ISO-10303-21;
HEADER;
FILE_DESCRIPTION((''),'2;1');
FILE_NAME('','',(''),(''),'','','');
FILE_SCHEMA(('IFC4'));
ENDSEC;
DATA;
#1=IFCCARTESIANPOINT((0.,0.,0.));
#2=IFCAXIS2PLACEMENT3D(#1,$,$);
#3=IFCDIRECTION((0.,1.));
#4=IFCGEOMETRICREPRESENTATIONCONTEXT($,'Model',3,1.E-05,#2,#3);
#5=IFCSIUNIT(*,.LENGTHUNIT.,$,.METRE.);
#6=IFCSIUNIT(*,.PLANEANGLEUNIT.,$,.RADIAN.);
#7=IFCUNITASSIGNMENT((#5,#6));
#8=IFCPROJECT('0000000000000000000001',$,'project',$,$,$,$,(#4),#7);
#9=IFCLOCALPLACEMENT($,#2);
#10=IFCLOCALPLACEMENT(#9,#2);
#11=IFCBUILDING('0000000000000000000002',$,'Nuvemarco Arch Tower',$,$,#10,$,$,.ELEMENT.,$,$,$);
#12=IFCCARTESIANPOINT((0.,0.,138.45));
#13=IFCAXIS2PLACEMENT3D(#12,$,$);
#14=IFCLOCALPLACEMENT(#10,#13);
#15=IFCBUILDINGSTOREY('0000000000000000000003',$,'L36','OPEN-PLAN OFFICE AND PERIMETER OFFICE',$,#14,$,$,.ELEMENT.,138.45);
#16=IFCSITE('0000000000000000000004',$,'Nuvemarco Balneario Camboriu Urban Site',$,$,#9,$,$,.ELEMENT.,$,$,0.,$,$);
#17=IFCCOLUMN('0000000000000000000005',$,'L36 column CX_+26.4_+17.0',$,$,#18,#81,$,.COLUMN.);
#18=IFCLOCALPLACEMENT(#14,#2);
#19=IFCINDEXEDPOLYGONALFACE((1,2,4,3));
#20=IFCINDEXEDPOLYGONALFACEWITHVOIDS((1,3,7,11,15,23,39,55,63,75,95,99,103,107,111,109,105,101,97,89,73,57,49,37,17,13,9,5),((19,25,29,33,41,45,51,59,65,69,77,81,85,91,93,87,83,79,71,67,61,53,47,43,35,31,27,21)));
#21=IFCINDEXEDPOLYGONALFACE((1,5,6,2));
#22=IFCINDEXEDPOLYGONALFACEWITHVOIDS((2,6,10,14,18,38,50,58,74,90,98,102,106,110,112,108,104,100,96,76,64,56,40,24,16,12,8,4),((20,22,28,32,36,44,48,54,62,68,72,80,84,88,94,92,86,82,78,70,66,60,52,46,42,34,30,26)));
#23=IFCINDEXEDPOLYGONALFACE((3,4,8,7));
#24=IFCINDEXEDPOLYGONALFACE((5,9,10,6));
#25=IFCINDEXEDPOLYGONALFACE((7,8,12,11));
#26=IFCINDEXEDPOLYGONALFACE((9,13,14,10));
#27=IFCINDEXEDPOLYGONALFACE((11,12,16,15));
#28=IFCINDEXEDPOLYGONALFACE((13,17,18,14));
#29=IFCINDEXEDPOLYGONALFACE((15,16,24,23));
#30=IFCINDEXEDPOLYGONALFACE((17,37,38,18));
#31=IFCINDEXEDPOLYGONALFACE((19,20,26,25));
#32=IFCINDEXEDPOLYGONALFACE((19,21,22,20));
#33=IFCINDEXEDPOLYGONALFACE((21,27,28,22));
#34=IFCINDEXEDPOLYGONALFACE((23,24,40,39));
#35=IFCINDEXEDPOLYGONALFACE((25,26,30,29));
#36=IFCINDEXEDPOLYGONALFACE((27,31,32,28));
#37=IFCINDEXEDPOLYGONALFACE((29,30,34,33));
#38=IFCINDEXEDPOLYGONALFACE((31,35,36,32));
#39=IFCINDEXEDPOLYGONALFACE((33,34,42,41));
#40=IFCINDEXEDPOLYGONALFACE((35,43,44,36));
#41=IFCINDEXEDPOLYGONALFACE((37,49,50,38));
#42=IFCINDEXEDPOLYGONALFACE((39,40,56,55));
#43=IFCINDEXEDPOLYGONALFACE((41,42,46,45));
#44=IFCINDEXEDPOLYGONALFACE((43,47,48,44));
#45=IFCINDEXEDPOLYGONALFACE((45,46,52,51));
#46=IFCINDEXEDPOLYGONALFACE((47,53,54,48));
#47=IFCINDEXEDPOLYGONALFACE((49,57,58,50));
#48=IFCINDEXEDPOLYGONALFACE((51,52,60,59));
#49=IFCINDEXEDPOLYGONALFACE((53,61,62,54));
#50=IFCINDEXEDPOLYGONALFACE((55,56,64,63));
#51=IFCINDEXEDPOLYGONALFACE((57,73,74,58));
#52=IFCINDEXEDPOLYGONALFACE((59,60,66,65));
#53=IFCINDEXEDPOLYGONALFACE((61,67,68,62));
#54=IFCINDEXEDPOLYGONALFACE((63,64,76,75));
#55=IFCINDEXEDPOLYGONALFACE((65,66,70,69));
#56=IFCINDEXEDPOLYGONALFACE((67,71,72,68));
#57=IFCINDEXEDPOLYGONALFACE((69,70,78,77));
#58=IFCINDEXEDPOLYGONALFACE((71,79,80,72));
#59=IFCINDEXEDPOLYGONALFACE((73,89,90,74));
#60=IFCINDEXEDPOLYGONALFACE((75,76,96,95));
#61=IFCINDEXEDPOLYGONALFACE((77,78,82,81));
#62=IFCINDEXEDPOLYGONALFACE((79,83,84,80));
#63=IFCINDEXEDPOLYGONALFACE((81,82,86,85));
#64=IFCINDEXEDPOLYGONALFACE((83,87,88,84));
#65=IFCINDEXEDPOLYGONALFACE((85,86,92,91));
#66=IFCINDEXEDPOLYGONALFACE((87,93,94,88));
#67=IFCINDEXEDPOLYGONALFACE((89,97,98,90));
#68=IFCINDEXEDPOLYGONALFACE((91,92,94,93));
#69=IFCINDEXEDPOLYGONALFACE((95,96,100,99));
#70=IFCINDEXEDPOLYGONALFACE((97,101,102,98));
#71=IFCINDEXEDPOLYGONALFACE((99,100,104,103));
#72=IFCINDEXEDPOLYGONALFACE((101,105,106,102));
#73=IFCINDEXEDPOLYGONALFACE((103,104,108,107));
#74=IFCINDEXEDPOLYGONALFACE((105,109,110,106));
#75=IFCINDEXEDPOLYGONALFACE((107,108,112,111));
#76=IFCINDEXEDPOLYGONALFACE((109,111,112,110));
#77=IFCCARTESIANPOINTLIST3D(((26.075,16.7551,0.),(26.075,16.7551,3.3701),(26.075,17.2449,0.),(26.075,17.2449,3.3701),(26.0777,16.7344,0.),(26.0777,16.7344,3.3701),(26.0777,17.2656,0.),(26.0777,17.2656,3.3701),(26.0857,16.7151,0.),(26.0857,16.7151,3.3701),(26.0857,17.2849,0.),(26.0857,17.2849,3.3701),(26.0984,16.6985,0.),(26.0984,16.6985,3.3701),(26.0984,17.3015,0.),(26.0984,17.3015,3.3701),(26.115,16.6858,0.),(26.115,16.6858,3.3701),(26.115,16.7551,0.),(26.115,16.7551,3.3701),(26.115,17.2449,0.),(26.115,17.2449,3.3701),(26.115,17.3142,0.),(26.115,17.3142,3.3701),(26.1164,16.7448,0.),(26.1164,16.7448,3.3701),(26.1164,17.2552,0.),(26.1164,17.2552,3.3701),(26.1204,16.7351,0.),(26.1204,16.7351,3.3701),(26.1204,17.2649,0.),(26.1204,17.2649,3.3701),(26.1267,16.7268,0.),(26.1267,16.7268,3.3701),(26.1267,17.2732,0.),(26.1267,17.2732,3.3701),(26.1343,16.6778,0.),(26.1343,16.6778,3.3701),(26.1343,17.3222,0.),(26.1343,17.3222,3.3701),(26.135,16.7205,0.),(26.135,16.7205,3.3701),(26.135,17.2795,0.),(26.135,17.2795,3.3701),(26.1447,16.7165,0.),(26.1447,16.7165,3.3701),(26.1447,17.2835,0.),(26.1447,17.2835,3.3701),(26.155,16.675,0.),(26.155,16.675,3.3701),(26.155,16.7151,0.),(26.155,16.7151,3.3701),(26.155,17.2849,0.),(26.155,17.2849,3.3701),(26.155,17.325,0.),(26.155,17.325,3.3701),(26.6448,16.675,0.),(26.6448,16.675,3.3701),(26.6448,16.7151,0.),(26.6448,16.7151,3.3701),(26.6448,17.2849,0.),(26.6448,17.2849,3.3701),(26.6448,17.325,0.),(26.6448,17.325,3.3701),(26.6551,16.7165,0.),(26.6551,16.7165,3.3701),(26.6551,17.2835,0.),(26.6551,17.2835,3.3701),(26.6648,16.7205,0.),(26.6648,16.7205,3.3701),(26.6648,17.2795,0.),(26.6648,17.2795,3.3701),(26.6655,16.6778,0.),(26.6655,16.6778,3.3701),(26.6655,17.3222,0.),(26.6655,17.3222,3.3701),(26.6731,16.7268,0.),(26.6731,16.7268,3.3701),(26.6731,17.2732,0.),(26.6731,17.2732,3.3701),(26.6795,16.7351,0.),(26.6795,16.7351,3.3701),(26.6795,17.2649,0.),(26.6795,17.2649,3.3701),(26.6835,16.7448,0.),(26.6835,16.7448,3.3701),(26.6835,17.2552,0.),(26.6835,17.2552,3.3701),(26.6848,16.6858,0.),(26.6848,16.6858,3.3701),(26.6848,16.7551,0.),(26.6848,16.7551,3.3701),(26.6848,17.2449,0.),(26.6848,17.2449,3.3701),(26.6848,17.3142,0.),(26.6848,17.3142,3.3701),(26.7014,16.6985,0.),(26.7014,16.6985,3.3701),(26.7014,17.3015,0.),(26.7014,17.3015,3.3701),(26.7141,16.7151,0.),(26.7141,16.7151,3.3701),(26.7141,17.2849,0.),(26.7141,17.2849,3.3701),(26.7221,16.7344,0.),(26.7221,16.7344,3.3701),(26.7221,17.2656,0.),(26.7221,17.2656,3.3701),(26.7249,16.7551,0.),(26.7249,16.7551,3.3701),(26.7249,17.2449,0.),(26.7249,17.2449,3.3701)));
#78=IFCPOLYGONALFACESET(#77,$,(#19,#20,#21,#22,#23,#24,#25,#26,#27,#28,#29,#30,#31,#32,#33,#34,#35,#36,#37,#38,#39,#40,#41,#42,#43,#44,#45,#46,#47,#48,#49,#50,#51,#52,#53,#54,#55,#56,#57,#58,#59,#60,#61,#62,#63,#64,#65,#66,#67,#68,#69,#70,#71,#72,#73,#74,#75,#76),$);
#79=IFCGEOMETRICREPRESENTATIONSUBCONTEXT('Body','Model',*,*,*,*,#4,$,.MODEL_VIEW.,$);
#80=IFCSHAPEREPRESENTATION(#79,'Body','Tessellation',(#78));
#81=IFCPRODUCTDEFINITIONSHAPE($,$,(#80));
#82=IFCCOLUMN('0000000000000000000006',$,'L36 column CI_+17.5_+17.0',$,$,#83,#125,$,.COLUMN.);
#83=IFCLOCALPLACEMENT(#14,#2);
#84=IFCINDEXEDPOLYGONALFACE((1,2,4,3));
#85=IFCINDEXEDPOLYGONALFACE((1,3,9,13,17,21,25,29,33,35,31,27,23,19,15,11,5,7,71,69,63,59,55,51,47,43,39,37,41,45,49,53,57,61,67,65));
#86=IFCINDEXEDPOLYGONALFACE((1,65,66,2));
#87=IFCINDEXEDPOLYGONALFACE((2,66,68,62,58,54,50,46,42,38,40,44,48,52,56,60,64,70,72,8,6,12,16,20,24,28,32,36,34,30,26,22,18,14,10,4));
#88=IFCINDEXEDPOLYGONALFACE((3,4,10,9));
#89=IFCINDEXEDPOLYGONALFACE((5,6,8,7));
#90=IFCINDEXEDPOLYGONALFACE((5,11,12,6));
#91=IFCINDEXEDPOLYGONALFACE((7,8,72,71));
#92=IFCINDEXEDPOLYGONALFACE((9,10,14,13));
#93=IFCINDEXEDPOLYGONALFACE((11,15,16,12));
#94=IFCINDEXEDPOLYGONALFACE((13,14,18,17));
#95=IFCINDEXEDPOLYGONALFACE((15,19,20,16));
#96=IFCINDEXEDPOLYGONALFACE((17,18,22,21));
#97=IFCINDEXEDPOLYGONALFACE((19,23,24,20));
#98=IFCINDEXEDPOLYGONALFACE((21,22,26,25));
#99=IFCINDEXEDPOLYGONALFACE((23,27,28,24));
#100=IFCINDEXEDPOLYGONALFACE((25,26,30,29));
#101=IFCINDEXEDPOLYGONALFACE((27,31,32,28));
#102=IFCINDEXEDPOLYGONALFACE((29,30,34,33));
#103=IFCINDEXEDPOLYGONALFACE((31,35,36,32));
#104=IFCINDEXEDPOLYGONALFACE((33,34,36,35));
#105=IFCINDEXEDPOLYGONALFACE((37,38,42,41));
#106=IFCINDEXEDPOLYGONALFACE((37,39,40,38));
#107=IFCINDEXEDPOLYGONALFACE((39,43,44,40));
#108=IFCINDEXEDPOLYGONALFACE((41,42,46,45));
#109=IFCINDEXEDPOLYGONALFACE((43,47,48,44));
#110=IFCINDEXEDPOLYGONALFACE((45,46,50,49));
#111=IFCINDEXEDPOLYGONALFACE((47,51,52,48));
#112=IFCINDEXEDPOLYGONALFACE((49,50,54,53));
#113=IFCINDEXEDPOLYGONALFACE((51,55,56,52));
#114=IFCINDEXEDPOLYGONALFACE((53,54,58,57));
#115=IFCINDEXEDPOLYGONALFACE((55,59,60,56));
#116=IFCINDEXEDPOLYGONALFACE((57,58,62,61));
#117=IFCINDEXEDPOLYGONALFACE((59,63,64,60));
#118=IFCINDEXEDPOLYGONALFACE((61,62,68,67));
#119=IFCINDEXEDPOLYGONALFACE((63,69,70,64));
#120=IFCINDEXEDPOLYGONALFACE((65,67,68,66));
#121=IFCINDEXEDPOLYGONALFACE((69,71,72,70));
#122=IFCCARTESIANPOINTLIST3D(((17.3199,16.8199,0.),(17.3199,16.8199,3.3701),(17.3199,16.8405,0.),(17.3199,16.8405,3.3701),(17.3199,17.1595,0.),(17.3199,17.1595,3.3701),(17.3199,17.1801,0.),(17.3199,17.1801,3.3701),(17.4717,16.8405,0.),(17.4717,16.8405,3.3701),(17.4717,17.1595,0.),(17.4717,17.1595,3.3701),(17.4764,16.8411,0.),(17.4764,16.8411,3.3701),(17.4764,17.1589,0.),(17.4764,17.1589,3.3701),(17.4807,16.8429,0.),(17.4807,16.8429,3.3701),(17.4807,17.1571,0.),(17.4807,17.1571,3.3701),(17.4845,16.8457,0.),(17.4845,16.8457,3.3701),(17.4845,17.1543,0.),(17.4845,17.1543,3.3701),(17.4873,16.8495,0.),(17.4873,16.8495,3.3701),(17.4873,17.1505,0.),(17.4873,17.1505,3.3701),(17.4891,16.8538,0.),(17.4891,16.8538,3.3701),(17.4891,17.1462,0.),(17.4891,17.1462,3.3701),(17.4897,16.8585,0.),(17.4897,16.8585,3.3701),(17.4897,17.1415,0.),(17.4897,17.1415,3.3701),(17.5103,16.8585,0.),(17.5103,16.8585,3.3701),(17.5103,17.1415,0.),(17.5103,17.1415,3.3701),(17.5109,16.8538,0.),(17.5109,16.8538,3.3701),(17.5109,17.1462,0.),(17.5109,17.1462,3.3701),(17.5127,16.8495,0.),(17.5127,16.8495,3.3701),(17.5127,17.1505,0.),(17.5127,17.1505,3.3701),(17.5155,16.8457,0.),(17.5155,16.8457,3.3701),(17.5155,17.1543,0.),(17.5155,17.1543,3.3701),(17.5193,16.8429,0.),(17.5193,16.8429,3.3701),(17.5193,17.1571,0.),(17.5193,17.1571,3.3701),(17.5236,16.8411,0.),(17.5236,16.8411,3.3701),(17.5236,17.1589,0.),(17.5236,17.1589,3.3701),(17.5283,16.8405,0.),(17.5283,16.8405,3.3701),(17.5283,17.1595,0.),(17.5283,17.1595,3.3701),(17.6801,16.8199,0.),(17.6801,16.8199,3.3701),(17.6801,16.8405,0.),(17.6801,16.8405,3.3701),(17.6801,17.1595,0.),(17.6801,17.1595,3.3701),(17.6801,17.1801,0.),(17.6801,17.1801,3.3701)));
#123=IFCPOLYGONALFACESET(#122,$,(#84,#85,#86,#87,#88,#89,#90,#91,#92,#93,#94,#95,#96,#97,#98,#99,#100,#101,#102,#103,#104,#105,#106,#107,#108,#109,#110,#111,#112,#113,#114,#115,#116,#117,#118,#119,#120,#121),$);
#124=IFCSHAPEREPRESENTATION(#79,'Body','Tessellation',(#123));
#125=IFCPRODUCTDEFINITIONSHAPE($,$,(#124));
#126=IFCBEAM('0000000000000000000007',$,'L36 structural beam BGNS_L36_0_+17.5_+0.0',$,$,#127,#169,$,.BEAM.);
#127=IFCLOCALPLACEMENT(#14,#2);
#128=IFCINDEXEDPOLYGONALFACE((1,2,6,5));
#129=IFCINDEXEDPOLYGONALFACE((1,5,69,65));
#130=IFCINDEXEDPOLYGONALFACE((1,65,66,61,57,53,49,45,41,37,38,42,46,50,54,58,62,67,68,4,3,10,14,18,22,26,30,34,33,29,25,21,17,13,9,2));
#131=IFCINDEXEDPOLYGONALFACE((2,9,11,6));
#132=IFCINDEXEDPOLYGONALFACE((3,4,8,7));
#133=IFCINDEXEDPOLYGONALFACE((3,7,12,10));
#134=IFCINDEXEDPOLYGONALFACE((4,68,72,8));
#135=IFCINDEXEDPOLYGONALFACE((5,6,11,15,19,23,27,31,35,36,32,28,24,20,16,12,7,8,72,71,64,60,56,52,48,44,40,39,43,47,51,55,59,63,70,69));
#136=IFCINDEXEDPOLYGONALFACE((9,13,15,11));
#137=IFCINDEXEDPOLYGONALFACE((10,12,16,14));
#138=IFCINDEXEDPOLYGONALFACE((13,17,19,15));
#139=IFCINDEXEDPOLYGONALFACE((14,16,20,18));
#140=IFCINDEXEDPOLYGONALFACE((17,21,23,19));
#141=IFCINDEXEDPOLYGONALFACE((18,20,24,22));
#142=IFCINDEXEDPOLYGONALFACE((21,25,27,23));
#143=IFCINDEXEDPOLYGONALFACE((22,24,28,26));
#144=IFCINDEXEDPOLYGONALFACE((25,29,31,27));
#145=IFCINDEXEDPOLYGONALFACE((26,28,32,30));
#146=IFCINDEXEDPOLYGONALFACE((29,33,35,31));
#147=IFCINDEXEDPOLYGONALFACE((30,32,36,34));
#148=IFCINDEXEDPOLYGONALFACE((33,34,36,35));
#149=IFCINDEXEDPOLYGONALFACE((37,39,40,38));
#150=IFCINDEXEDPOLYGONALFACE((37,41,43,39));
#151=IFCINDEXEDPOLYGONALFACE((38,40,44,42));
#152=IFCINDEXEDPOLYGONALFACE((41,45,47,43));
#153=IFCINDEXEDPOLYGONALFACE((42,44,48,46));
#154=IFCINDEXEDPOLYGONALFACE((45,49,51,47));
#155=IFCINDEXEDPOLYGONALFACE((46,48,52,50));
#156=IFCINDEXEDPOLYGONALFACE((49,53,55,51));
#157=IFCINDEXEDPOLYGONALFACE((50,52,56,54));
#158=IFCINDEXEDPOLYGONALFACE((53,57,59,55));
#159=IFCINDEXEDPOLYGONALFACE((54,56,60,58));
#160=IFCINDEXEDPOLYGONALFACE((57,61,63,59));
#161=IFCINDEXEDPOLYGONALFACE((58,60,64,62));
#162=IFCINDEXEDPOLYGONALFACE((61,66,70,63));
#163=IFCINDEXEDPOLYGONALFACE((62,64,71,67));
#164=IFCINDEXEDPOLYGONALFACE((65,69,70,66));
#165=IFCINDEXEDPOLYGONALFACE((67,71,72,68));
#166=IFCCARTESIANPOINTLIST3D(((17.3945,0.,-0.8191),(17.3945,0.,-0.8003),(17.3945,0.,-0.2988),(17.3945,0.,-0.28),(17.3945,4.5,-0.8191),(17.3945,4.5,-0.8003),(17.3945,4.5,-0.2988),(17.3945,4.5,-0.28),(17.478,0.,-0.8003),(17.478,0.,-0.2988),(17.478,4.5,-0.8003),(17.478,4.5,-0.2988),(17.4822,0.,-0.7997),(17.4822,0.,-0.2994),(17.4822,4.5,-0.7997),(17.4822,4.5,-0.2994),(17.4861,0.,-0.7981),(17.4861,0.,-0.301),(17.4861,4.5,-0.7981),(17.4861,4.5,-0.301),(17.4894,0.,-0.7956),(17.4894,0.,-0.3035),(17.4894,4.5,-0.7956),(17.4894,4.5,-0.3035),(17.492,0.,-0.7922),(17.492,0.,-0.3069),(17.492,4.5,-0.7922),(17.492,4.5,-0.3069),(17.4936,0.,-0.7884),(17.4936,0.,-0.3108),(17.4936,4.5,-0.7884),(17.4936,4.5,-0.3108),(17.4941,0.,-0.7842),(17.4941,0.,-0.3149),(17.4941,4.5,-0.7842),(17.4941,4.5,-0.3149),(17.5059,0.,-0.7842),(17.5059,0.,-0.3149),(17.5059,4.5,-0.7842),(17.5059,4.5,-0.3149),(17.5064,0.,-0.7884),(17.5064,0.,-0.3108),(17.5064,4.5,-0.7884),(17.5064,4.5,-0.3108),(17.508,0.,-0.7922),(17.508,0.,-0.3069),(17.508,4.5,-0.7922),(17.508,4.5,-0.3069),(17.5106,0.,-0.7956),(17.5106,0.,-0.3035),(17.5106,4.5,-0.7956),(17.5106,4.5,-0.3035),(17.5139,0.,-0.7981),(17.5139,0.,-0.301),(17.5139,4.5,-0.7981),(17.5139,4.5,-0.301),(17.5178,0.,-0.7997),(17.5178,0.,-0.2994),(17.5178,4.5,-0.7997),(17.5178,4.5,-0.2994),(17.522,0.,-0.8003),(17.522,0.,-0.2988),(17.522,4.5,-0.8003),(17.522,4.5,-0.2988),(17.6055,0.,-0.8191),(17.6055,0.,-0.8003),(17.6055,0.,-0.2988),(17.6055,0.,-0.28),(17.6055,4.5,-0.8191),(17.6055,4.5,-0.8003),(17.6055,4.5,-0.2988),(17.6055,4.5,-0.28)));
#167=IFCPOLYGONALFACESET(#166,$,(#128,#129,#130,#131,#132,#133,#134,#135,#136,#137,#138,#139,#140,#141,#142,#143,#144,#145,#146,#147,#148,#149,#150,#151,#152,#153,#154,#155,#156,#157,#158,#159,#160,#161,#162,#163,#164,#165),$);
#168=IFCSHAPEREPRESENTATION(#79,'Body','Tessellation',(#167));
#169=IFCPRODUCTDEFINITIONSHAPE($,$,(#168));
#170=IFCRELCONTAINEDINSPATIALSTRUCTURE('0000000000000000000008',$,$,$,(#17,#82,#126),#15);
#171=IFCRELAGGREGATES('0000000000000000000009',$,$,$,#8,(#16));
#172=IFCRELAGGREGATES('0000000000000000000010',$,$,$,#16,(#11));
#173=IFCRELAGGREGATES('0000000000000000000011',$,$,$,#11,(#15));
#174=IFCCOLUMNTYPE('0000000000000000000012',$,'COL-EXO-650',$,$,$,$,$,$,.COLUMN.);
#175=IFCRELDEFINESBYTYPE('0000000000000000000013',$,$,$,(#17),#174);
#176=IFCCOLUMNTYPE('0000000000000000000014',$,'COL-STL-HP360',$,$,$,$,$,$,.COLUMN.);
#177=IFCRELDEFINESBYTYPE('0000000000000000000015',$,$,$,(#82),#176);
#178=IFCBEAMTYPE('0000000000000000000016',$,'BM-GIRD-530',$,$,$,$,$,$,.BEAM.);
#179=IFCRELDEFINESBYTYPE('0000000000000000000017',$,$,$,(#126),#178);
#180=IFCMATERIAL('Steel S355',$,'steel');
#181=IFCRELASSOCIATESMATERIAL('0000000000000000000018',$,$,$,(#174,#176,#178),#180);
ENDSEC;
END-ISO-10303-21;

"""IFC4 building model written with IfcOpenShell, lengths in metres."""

from ifc_helpers import new_model, si_unit, direction, frame, origin, origin_2d, place, context, subcontext, project, spatial, hollow_rectangle, i_section, extrude, material, material_profile, profile_set, type_object, element, save


model = new_model("IFC4")

# Units and contexts
model_context = context("Model", 3, precision=1e-05, world=origin(), true_north=direction((0.0, 1.0)))
body_context = subcontext(model_context, "Body", "Model", "MODEL_VIEW")
ifc_project = project(units=[si_unit("LENGTHUNIT", "METRE"), si_unit("PLANEANGLEUNIT", "RADIAN")], contexts=[model_context])

# Site, building, storey
site_placement = place(None, origin())
site = spatial("IfcSite", under=ifc_project, at=site_placement, Name="Nuvemarco Balneario Camboriu Urban Site", CompositionType="ELEMENT", RefElevation=0.0)
building_placement = place(site_placement, origin())
building = spatial("IfcBuilding", under=site, at=building_placement, Name="Nuvemarco Arch Tower", CompositionType="ELEMENT")
storey_placement = place(building_placement, frame((0.0, 0.0, 138.45)))
storey = spatial("IfcBuildingStorey", under=building, at=storey_placement, Name="L36", Description="OPEN-PLAN OFFICE AND PERIMETER OFFICE", CompositionType="ELEMENT", Elevation=138.45)

# Columns
ifc_material_1 = material(Name="Steel S355", Category="steel")
ifc_material_profile_1 = material_profile(ifc_material_1, hollow_rectangle(XDim=0.6499, YDim=0.6499, WallThickness=0.04, InnerFilletRadius=0.04, OuterFilletRadius=0.0801, at=origin_2d()), Name="SHS650x650x40")
ifc_profile_set_1 = profile_set([ifc_material_profile_1], Name="Steel S355")
column_type_1 = type_object("IfcColumnType", Name="COL-EXO-650", PredefinedType="COLUMN", material=ifc_profile_set_1)
for number, where, z_axis, x_axis, name in (
    (1, (26.3999, 17.0, 0.0), (0.0, 0.0, 1.0), (1.0, 0.0, 0.0), "L36 column CX_+26.4_+17.0"),
):
    element("IfcColumn", number, at=place(storey_placement, frame(where, z_axis=z_axis, x_axis=x_axis)), inside=storey, type_object=column_type_1, Name=name, PredefinedType="COLUMN", context=body_context, shape_type="SweptSolid", body=[
        extrude(hollow_rectangle(XDim=0.6499, YDim=0.6499, WallThickness=0.04, InnerFilletRadius=0.04, OuterFilletRadius=0.0801, at=origin_2d()), origin(), (0.0, 0.0, 1.0), 3.3701),
    ])
ifc_material_profile_2 = material_profile(ifc_material_1, i_section(OverallWidth=0.3601, OverallDepth=0.3601, WebThickness=0.0205, FlangeThickness=0.0205, FilletRadius=0.0181, at=origin_2d()), Name="HP360x174")
ifc_profile_set_2 = profile_set([ifc_material_profile_2], Name="Steel S355")
column_type_2 = type_object("IfcColumnType", Name="COL-STL-HP360", PredefinedType="COLUMN", material=ifc_profile_set_2)
column_placement = place(storey_placement, frame((17.5, 17.0, 0.0), z_axis=(0.0, 0.0, 1.0), x_axis=(1.0, 0.0, 0.0)))
element("IfcColumn", 2, at=column_placement, inside=storey, type_object=column_type_2, Name="L36 column CI_+17.5_+17.0", PredefinedType="COLUMN", context=body_context, shape_type="SweptSolid", body=[
    extrude(i_section(OverallWidth=0.3601, OverallDepth=0.3601, WebThickness=0.0205, FlangeThickness=0.0205, FilletRadius=0.0181, at=origin_2d()), origin(), (0.0, 0.0, 1.0), 3.3701),
])

# Beam
ifc_material_profile_3 = material_profile(ifc_material_1, i_section(OverallWidth=0.2109, OverallDepth=0.5391, WebThickness=0.0117, FlangeThickness=0.0188, FilletRadius=0.0161, at=origin_2d()), Name="W530x109")
ifc_profile_set_3 = profile_set([ifc_material_profile_3], Name="Steel S355")
beam_type_1 = type_object("IfcBeamType", Name="BM-GIRD-530", PredefinedType="BEAM", material=ifc_profile_set_3)
beam_1_placement = place(storey_placement, frame((17.5, 0.0, -0.5496), z_axis=(0.0, 1.0, 0.0), x_axis=(-1.0, 0.0, 0.0)))
element("IfcBeam", 3, at=beam_1_placement, inside=storey, type_object=beam_type_1, Name="L36 structural beam BGNS_L36_0_+17.5_+0.0", PredefinedType="BEAM", context=body_context, shape_type="SweptSolid", body=[
    extrude(i_section(OverallWidth=0.2109, OverallDepth=0.5391, WebThickness=0.0117, FlangeThickness=0.0188, FilletRadius=0.0161, at=origin_2d()), origin(), (0.0, 0.0, 1.0), 4.5),
])

save(model, "model.ifc")
